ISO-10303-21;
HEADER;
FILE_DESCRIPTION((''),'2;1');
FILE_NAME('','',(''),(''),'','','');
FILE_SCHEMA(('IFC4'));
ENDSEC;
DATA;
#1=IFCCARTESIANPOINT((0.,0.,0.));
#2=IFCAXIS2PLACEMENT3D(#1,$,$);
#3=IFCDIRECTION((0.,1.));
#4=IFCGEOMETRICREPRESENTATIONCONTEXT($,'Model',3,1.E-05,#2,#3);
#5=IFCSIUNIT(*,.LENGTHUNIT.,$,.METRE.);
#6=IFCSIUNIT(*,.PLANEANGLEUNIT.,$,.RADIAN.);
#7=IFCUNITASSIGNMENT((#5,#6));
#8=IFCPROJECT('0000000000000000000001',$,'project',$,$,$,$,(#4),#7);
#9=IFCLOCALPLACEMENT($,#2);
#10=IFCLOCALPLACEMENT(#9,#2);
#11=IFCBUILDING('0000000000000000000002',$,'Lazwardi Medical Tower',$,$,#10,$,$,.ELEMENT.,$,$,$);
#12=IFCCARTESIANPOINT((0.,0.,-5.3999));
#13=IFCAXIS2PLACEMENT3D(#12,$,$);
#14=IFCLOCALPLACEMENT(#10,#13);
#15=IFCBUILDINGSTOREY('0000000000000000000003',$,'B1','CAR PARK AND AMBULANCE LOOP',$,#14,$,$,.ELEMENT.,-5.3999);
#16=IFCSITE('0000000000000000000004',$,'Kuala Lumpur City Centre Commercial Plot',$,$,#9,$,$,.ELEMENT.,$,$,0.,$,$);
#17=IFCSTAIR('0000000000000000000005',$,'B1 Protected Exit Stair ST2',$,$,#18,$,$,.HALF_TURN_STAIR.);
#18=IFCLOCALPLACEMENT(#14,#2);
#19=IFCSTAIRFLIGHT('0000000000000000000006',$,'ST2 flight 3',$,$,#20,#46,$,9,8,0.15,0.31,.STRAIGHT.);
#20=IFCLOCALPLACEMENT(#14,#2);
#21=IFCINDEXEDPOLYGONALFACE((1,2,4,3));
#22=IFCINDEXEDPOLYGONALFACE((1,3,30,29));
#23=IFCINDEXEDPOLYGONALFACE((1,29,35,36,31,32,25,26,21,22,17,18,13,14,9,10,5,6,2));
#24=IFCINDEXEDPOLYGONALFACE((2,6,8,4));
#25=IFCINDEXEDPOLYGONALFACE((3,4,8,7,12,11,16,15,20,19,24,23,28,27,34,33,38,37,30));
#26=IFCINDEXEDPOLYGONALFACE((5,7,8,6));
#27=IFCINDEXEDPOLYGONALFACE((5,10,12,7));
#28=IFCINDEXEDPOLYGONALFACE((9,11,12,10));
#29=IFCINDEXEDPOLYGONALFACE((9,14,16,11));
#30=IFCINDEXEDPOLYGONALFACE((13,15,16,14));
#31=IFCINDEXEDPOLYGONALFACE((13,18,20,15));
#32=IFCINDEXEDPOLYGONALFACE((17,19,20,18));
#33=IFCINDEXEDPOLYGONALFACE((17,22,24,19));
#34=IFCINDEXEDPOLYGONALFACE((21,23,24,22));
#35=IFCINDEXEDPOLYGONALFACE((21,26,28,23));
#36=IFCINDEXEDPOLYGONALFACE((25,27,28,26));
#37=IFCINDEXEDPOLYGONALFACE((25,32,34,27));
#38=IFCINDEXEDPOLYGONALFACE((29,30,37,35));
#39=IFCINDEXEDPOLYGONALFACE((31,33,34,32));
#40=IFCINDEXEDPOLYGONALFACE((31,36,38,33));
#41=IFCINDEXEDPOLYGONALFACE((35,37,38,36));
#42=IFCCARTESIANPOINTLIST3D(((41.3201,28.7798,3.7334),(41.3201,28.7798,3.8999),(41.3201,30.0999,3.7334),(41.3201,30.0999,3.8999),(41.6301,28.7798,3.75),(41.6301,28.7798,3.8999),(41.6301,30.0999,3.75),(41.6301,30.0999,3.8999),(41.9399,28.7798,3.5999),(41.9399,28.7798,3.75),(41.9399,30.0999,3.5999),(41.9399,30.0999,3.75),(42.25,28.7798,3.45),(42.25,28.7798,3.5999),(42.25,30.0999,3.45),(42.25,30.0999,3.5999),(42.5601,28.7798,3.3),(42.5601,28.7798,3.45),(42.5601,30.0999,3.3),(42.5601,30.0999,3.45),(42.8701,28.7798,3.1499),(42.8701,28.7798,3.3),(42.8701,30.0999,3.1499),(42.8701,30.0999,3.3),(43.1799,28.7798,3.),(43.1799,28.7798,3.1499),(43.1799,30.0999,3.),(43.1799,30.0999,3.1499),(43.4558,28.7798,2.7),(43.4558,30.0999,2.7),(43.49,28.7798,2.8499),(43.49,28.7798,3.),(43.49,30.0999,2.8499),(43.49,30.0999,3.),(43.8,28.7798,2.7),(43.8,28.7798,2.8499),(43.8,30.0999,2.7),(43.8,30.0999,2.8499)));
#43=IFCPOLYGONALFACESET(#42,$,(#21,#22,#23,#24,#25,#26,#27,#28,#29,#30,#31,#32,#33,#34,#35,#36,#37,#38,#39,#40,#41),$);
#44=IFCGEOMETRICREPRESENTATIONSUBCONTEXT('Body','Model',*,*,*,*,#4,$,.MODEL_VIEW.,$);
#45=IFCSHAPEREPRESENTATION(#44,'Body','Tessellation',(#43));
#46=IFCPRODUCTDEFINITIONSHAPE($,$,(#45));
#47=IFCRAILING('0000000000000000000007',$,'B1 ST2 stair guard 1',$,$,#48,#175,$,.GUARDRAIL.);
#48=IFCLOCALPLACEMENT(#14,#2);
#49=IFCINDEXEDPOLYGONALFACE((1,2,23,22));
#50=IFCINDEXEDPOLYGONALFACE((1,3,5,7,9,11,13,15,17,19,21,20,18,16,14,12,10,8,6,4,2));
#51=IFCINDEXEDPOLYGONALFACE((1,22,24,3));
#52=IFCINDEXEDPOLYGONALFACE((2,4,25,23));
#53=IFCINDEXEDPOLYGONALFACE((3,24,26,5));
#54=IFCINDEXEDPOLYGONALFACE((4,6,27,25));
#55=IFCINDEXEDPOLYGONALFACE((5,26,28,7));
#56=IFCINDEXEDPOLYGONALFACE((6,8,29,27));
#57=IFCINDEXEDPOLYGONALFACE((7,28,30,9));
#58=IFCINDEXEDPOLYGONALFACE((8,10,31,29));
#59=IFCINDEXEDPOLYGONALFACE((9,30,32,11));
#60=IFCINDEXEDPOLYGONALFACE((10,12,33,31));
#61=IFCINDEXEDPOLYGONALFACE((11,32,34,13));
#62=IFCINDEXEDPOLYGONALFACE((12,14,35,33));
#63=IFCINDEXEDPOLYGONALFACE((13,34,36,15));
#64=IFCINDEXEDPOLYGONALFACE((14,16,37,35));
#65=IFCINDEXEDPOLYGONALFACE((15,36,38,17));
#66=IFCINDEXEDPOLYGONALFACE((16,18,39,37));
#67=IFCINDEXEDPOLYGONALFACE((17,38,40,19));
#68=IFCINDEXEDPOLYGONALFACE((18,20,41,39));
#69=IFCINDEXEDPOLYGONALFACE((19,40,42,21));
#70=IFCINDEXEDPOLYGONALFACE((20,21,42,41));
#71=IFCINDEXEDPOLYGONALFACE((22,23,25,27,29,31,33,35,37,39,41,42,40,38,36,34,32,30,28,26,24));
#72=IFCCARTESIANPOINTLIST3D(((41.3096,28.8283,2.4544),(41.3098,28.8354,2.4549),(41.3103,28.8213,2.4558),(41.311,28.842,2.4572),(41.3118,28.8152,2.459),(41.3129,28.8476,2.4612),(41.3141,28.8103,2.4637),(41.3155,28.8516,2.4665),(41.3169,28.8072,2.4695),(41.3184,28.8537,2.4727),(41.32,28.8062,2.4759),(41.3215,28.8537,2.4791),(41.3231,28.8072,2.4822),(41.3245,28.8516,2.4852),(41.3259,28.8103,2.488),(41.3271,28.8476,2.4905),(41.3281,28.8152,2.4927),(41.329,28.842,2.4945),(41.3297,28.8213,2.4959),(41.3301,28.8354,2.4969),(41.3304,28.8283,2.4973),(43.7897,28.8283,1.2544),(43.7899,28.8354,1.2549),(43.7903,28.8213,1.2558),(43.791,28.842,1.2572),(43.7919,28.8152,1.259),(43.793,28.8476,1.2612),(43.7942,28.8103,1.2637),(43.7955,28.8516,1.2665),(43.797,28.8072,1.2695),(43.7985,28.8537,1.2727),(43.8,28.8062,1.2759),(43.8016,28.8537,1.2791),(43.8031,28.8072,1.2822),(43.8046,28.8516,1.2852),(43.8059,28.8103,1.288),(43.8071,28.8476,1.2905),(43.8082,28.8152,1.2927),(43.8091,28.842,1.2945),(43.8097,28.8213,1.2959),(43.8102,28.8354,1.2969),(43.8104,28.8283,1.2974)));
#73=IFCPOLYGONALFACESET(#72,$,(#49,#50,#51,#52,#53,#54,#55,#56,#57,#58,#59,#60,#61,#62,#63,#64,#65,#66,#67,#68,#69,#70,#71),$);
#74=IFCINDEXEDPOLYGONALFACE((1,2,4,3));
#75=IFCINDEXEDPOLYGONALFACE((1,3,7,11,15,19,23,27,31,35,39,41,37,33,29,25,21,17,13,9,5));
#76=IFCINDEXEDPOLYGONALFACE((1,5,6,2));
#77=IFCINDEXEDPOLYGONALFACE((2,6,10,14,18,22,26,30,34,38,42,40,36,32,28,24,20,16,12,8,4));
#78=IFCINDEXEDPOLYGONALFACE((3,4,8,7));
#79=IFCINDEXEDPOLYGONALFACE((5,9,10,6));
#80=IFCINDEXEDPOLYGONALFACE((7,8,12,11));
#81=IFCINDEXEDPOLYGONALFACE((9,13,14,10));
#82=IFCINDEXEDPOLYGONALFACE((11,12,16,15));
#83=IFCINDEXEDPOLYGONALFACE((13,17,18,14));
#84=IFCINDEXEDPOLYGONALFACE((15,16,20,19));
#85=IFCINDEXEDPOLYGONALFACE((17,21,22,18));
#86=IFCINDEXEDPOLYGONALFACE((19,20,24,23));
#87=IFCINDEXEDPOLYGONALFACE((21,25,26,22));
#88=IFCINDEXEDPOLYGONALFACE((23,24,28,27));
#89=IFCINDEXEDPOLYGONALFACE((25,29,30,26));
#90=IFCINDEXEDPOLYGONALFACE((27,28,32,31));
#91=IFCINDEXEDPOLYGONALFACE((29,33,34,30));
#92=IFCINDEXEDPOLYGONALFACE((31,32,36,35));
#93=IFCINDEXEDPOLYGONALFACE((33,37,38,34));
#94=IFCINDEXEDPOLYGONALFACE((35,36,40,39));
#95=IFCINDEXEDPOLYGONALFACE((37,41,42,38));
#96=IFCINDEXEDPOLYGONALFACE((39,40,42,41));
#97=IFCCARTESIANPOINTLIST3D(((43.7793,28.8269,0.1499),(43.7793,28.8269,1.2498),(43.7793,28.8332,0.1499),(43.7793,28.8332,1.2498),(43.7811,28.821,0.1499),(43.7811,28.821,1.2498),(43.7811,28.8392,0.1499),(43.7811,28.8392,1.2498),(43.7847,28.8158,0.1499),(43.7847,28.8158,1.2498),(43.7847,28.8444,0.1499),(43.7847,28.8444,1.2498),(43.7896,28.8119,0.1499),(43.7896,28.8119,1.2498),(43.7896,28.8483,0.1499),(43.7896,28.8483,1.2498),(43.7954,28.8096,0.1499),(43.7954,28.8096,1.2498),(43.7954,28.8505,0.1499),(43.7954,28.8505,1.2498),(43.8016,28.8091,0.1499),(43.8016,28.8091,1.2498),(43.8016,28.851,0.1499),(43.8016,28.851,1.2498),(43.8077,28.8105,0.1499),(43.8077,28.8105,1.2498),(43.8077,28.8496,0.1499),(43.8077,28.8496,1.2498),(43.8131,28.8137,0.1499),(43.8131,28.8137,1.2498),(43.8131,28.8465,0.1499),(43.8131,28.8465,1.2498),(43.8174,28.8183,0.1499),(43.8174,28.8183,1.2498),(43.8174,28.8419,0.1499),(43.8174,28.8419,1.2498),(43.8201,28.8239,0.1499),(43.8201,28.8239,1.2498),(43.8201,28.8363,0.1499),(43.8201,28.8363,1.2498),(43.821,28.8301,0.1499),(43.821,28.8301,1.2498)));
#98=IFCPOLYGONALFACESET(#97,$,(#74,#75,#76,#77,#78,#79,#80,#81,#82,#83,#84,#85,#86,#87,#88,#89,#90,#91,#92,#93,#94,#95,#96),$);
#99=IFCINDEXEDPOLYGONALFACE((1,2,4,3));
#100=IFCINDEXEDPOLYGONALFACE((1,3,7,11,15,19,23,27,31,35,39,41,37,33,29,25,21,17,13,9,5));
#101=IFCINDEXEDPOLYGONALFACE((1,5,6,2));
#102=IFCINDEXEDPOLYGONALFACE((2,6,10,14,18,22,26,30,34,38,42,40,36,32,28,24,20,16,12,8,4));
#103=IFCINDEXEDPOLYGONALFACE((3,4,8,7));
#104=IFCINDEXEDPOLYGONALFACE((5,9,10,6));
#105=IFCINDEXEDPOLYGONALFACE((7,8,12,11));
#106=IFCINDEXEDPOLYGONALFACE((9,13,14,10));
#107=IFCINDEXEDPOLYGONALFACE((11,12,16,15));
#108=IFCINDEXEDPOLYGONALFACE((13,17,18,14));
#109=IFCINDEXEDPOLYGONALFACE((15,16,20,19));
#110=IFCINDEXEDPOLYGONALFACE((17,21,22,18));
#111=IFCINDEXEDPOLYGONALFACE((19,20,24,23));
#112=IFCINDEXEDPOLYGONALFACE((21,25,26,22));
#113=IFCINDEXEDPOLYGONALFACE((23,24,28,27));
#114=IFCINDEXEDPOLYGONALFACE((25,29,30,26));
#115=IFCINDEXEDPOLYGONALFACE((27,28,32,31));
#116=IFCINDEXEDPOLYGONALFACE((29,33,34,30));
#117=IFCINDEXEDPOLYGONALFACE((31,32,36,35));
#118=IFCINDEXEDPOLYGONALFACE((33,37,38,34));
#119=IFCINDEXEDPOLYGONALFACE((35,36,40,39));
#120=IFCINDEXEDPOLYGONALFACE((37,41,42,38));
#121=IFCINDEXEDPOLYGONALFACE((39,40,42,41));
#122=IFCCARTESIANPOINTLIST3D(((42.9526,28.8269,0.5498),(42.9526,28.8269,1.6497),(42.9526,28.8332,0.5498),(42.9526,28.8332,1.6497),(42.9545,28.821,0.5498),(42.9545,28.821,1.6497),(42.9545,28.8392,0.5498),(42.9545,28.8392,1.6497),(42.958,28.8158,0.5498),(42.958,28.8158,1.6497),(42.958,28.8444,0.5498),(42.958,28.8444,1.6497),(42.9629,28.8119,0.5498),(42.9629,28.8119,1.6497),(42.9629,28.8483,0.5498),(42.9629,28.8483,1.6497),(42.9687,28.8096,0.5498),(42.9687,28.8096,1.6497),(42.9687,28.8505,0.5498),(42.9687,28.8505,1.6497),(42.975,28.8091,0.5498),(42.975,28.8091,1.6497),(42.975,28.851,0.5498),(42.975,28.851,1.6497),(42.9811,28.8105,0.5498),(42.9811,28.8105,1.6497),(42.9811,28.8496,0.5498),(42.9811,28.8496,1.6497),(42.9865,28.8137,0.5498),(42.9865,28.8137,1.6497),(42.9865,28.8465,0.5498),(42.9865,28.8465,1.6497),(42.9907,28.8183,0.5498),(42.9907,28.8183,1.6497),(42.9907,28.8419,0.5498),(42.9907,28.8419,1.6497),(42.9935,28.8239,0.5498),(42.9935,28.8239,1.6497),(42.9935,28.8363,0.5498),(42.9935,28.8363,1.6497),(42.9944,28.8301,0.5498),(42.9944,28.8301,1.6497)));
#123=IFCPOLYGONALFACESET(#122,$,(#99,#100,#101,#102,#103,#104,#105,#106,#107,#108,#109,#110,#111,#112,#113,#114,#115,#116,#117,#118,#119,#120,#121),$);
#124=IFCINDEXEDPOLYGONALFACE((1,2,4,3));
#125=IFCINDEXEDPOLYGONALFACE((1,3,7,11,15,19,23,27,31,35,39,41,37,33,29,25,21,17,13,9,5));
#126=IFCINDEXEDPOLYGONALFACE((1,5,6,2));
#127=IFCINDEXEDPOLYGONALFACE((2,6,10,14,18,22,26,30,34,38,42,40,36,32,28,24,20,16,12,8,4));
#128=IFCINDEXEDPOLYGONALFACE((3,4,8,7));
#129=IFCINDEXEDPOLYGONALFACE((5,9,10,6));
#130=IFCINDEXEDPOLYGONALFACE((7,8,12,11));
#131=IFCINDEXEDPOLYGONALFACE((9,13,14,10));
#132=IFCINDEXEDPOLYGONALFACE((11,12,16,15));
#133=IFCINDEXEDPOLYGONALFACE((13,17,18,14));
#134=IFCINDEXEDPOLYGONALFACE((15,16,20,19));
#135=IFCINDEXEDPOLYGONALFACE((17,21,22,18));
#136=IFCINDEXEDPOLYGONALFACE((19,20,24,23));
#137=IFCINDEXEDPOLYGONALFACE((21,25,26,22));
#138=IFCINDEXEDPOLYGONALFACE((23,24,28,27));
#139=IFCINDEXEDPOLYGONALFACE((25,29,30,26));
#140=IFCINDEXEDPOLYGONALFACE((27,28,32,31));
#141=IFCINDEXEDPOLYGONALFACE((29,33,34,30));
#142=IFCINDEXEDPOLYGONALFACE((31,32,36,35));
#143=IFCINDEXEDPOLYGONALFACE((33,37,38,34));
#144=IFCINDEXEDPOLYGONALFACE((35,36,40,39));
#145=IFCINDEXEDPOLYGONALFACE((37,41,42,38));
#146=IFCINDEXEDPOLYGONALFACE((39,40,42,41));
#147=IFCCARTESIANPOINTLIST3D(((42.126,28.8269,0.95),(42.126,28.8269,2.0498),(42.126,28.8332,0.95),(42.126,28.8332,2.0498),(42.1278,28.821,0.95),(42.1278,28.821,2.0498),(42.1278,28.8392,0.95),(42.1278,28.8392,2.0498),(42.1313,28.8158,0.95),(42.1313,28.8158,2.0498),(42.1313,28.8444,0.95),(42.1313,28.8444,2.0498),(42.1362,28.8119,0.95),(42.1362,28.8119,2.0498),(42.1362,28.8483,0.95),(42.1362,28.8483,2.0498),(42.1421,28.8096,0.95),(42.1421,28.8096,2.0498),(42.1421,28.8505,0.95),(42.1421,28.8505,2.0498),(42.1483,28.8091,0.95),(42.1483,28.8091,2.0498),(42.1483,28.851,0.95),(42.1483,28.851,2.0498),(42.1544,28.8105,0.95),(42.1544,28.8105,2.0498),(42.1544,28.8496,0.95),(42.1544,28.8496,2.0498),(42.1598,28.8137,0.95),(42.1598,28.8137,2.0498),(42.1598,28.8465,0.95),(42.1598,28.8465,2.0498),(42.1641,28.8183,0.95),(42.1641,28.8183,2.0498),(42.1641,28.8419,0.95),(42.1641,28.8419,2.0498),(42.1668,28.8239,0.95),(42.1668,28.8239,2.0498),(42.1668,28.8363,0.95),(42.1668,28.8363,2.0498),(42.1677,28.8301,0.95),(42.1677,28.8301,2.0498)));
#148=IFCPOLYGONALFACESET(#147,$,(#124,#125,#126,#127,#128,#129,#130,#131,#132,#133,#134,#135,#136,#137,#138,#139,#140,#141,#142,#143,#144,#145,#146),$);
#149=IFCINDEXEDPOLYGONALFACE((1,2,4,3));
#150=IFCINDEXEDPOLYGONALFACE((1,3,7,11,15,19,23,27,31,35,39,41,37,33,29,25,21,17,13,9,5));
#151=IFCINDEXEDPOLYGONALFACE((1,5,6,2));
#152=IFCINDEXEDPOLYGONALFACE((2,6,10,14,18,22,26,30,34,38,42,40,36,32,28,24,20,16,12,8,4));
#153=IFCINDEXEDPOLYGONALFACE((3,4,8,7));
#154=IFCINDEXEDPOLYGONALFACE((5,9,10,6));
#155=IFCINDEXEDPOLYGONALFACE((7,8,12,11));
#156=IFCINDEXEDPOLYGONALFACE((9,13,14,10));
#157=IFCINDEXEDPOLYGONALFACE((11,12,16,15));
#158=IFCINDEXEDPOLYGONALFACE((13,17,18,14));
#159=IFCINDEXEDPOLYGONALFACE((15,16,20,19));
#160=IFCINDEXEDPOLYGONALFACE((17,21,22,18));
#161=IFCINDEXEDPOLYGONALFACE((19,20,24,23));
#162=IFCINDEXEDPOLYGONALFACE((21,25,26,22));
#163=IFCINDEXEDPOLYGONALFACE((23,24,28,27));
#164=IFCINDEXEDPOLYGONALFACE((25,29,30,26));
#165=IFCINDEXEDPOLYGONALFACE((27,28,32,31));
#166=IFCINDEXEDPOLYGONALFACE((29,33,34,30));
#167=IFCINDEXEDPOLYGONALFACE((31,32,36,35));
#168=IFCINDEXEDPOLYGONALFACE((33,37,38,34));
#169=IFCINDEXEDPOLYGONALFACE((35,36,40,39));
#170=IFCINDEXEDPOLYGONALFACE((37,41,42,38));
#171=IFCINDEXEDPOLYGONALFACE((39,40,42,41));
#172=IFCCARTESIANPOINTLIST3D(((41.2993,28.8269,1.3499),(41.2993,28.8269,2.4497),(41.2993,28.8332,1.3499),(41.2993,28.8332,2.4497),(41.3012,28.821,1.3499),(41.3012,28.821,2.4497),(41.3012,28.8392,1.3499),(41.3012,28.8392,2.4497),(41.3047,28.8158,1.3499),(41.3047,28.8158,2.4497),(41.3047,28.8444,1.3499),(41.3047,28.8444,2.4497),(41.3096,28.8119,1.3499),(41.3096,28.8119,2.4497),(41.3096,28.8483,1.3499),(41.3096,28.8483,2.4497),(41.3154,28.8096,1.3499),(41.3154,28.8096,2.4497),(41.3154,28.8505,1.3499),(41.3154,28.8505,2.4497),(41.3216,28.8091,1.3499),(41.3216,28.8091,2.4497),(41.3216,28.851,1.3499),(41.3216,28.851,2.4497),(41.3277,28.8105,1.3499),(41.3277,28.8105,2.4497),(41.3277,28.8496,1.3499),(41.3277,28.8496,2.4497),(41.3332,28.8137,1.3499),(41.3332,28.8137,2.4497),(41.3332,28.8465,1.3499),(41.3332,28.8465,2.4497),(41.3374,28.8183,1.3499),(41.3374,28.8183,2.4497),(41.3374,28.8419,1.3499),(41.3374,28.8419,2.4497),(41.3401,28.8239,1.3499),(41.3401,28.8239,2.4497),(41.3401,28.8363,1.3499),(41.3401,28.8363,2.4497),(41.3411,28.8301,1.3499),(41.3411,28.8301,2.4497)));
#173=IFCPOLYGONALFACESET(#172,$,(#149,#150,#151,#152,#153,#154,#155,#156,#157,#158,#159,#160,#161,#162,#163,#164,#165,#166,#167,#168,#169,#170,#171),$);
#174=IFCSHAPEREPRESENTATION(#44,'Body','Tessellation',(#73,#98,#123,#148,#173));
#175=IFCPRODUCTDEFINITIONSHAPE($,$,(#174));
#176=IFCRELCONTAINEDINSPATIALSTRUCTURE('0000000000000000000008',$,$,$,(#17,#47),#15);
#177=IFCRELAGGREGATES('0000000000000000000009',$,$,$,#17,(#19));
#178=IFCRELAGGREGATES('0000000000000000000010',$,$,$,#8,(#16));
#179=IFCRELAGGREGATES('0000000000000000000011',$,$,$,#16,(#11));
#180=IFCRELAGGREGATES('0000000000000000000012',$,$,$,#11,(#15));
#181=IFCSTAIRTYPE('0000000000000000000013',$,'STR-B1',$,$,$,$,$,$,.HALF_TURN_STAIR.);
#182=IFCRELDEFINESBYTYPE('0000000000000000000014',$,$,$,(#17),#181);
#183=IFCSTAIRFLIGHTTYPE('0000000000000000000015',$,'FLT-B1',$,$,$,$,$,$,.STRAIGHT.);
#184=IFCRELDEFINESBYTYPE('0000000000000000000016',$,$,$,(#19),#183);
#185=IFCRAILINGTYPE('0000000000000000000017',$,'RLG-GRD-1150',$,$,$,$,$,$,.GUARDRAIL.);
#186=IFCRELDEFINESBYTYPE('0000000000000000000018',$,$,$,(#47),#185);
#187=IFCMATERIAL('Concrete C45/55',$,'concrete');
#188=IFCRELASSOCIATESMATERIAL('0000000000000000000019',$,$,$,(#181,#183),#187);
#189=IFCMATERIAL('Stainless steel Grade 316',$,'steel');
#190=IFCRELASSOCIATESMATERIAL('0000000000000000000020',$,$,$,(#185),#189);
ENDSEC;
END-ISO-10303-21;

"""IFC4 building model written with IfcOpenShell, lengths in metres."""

from ifc_helpers import new_model, si_unit, direction, frame, origin, origin_2d, place, context, subcontext, project, spatial, polyline, circle, outline, extrude, material, type_object, element, aggregate, save


model = new_model("IFC4")

# Units and contexts
model_context = context("Model", 3, precision=1e-05, world=origin(), true_north=direction((0.0, 1.0)))
body_context = subcontext(model_context, "Body", "Model", "MODEL_VIEW")
ifc_project = project(units=[si_unit("LENGTHUNIT", "METRE"), si_unit("PLANEANGLEUNIT", "RADIAN")], contexts=[model_context])

# Site, building, storey
site_placement = place(None, origin())
site = spatial("IfcSite", under=ifc_project, at=site_placement, Name="Kuala Lumpur City Centre Commercial Plot", CompositionType="ELEMENT", RefElevation=0.0)
building_placement = place(site_placement, origin())
building = spatial("IfcBuilding", under=site, at=building_placement, Name="Lazwardi Medical Tower", CompositionType="ELEMENT")
storey_placement = place(building_placement, frame((0.0, 0.0, -5.3999)))
storey = spatial("IfcBuildingStorey", under=building, at=storey_placement, Name="B1", Description="CAR PARK AND AMBULANCE LOOP", CompositionType="ELEMENT", Elevation=-5.3999)

# Stair, stair flight
ifc_material_1 = material(Name="Concrete C45/55", Category="concrete")
stair_type = type_object("IfcStairType", Name="STR-B1", PredefinedType="HALF_TURN_STAIR", material=ifc_material_1)
stair_placement = place(storey_placement, origin())
stair = element("IfcStair", 1, at=stair_placement, inside=storey, type_object=stair_type, Name="B1 Protected Exit Stair ST2", PredefinedType="HALF_TURN_STAIR")
stair_flight_type = type_object("IfcStairFlightType", Name="FLT-B1", PredefinedType="STRAIGHT", material=ifc_material_1)
stair_flight_1_placement = place(storey_placement, frame((43.8, 29.4399, 2.7), z_axis=(0.0, 0.0, 1.0), x_axis=(-1.0, 0.0, 0.0)))
stair_flight_1 = element("IfcStairFlight", 2, at=stair_flight_1_placement, type_object=stair_flight_type, Name="ST2 flight 3", NumberOfRisers=9, NumberOfTreads=8, PredefinedType="STRAIGHT", RiserHeight=0.15, TreadLength=0.31, context=body_context, shape_type="SweptSolid", body=[
    extrude(outline(polyline([(0.0, 0.0), (0.0, 0.1499), (0.3101, 0.1499), (0.3101, 0.3), (0.6201, 0.3), (0.6201, 0.45), (0.9299, 0.45), (0.9299, 0.6001), (1.24, 0.6001), (1.24, 0.75), (1.55, 0.75), (1.55, 0.8999), (1.8601, 0.8999), (1.8601, 1.05), (2.1699, 1.05), (2.1699, 1.2), (2.48, 1.2), (2.48, 1.3501), (2.48, 1.0334), (0.3442, 0.0), (0.0, 0.0)])), frame((0.0, 0.6602, 0.0), z_axis=(0.0, -1.0, 0.0), x_axis=(1.0, 0.0, 0.0)), (0.0, 0.0, 1.0), 1.3201),
])
aggregate(stair, [stair_flight_1])

# Railing
ifc_material_2 = material(Name="Stainless steel Grade 316", Category="steel")
railing_type_1 = type_object("IfcRailingType", Name="RLG-GRD-1150", PredefinedType="GUARDRAIL", material=ifc_material_2)
railing_1_placement = place(storey_placement, frame((43.8, 28.8301, 0.1499)))
element("IfcRailing", 3, at=railing_1_placement, inside=storey, type_object=railing_type_1, Name="B1 ST2 stair guard 1", PredefinedType="GUARDRAIL", context=body_context, shape_type="SweptSolid", body=[
    extrude(circle(Radius=0.0239, at=origin_2d()), frame((0.0, 0.0, 1.126), z_axis=(-0.900165, 0.0, 0.435549), x_axis=(0.0, -1.0, 0.0)), (0.0, 0.0, 1.0), 2.7551),
    extrude(circle(Radius=0.021, at=origin_2d()), origin(), (0.0, 0.0, 1.0), 1.0999),
    extrude(circle(Radius=0.021, at=origin_2d()), frame((-0.8267, 0.0, 0.3999)), (0.0, 0.0, 1.0), 1.0999),
    extrude(circle(Radius=0.021, at=origin_2d()), frame((-1.6533, 0.0, 0.8)), (0.0, 0.0, 1.0), 1.0999),
    extrude(circle(Radius=0.021, at=origin_2d()), frame((-2.48, 0.0, 1.2)), (0.0, 0.0, 1.0), 1.0999),
])

save(model, "model.ifc")
